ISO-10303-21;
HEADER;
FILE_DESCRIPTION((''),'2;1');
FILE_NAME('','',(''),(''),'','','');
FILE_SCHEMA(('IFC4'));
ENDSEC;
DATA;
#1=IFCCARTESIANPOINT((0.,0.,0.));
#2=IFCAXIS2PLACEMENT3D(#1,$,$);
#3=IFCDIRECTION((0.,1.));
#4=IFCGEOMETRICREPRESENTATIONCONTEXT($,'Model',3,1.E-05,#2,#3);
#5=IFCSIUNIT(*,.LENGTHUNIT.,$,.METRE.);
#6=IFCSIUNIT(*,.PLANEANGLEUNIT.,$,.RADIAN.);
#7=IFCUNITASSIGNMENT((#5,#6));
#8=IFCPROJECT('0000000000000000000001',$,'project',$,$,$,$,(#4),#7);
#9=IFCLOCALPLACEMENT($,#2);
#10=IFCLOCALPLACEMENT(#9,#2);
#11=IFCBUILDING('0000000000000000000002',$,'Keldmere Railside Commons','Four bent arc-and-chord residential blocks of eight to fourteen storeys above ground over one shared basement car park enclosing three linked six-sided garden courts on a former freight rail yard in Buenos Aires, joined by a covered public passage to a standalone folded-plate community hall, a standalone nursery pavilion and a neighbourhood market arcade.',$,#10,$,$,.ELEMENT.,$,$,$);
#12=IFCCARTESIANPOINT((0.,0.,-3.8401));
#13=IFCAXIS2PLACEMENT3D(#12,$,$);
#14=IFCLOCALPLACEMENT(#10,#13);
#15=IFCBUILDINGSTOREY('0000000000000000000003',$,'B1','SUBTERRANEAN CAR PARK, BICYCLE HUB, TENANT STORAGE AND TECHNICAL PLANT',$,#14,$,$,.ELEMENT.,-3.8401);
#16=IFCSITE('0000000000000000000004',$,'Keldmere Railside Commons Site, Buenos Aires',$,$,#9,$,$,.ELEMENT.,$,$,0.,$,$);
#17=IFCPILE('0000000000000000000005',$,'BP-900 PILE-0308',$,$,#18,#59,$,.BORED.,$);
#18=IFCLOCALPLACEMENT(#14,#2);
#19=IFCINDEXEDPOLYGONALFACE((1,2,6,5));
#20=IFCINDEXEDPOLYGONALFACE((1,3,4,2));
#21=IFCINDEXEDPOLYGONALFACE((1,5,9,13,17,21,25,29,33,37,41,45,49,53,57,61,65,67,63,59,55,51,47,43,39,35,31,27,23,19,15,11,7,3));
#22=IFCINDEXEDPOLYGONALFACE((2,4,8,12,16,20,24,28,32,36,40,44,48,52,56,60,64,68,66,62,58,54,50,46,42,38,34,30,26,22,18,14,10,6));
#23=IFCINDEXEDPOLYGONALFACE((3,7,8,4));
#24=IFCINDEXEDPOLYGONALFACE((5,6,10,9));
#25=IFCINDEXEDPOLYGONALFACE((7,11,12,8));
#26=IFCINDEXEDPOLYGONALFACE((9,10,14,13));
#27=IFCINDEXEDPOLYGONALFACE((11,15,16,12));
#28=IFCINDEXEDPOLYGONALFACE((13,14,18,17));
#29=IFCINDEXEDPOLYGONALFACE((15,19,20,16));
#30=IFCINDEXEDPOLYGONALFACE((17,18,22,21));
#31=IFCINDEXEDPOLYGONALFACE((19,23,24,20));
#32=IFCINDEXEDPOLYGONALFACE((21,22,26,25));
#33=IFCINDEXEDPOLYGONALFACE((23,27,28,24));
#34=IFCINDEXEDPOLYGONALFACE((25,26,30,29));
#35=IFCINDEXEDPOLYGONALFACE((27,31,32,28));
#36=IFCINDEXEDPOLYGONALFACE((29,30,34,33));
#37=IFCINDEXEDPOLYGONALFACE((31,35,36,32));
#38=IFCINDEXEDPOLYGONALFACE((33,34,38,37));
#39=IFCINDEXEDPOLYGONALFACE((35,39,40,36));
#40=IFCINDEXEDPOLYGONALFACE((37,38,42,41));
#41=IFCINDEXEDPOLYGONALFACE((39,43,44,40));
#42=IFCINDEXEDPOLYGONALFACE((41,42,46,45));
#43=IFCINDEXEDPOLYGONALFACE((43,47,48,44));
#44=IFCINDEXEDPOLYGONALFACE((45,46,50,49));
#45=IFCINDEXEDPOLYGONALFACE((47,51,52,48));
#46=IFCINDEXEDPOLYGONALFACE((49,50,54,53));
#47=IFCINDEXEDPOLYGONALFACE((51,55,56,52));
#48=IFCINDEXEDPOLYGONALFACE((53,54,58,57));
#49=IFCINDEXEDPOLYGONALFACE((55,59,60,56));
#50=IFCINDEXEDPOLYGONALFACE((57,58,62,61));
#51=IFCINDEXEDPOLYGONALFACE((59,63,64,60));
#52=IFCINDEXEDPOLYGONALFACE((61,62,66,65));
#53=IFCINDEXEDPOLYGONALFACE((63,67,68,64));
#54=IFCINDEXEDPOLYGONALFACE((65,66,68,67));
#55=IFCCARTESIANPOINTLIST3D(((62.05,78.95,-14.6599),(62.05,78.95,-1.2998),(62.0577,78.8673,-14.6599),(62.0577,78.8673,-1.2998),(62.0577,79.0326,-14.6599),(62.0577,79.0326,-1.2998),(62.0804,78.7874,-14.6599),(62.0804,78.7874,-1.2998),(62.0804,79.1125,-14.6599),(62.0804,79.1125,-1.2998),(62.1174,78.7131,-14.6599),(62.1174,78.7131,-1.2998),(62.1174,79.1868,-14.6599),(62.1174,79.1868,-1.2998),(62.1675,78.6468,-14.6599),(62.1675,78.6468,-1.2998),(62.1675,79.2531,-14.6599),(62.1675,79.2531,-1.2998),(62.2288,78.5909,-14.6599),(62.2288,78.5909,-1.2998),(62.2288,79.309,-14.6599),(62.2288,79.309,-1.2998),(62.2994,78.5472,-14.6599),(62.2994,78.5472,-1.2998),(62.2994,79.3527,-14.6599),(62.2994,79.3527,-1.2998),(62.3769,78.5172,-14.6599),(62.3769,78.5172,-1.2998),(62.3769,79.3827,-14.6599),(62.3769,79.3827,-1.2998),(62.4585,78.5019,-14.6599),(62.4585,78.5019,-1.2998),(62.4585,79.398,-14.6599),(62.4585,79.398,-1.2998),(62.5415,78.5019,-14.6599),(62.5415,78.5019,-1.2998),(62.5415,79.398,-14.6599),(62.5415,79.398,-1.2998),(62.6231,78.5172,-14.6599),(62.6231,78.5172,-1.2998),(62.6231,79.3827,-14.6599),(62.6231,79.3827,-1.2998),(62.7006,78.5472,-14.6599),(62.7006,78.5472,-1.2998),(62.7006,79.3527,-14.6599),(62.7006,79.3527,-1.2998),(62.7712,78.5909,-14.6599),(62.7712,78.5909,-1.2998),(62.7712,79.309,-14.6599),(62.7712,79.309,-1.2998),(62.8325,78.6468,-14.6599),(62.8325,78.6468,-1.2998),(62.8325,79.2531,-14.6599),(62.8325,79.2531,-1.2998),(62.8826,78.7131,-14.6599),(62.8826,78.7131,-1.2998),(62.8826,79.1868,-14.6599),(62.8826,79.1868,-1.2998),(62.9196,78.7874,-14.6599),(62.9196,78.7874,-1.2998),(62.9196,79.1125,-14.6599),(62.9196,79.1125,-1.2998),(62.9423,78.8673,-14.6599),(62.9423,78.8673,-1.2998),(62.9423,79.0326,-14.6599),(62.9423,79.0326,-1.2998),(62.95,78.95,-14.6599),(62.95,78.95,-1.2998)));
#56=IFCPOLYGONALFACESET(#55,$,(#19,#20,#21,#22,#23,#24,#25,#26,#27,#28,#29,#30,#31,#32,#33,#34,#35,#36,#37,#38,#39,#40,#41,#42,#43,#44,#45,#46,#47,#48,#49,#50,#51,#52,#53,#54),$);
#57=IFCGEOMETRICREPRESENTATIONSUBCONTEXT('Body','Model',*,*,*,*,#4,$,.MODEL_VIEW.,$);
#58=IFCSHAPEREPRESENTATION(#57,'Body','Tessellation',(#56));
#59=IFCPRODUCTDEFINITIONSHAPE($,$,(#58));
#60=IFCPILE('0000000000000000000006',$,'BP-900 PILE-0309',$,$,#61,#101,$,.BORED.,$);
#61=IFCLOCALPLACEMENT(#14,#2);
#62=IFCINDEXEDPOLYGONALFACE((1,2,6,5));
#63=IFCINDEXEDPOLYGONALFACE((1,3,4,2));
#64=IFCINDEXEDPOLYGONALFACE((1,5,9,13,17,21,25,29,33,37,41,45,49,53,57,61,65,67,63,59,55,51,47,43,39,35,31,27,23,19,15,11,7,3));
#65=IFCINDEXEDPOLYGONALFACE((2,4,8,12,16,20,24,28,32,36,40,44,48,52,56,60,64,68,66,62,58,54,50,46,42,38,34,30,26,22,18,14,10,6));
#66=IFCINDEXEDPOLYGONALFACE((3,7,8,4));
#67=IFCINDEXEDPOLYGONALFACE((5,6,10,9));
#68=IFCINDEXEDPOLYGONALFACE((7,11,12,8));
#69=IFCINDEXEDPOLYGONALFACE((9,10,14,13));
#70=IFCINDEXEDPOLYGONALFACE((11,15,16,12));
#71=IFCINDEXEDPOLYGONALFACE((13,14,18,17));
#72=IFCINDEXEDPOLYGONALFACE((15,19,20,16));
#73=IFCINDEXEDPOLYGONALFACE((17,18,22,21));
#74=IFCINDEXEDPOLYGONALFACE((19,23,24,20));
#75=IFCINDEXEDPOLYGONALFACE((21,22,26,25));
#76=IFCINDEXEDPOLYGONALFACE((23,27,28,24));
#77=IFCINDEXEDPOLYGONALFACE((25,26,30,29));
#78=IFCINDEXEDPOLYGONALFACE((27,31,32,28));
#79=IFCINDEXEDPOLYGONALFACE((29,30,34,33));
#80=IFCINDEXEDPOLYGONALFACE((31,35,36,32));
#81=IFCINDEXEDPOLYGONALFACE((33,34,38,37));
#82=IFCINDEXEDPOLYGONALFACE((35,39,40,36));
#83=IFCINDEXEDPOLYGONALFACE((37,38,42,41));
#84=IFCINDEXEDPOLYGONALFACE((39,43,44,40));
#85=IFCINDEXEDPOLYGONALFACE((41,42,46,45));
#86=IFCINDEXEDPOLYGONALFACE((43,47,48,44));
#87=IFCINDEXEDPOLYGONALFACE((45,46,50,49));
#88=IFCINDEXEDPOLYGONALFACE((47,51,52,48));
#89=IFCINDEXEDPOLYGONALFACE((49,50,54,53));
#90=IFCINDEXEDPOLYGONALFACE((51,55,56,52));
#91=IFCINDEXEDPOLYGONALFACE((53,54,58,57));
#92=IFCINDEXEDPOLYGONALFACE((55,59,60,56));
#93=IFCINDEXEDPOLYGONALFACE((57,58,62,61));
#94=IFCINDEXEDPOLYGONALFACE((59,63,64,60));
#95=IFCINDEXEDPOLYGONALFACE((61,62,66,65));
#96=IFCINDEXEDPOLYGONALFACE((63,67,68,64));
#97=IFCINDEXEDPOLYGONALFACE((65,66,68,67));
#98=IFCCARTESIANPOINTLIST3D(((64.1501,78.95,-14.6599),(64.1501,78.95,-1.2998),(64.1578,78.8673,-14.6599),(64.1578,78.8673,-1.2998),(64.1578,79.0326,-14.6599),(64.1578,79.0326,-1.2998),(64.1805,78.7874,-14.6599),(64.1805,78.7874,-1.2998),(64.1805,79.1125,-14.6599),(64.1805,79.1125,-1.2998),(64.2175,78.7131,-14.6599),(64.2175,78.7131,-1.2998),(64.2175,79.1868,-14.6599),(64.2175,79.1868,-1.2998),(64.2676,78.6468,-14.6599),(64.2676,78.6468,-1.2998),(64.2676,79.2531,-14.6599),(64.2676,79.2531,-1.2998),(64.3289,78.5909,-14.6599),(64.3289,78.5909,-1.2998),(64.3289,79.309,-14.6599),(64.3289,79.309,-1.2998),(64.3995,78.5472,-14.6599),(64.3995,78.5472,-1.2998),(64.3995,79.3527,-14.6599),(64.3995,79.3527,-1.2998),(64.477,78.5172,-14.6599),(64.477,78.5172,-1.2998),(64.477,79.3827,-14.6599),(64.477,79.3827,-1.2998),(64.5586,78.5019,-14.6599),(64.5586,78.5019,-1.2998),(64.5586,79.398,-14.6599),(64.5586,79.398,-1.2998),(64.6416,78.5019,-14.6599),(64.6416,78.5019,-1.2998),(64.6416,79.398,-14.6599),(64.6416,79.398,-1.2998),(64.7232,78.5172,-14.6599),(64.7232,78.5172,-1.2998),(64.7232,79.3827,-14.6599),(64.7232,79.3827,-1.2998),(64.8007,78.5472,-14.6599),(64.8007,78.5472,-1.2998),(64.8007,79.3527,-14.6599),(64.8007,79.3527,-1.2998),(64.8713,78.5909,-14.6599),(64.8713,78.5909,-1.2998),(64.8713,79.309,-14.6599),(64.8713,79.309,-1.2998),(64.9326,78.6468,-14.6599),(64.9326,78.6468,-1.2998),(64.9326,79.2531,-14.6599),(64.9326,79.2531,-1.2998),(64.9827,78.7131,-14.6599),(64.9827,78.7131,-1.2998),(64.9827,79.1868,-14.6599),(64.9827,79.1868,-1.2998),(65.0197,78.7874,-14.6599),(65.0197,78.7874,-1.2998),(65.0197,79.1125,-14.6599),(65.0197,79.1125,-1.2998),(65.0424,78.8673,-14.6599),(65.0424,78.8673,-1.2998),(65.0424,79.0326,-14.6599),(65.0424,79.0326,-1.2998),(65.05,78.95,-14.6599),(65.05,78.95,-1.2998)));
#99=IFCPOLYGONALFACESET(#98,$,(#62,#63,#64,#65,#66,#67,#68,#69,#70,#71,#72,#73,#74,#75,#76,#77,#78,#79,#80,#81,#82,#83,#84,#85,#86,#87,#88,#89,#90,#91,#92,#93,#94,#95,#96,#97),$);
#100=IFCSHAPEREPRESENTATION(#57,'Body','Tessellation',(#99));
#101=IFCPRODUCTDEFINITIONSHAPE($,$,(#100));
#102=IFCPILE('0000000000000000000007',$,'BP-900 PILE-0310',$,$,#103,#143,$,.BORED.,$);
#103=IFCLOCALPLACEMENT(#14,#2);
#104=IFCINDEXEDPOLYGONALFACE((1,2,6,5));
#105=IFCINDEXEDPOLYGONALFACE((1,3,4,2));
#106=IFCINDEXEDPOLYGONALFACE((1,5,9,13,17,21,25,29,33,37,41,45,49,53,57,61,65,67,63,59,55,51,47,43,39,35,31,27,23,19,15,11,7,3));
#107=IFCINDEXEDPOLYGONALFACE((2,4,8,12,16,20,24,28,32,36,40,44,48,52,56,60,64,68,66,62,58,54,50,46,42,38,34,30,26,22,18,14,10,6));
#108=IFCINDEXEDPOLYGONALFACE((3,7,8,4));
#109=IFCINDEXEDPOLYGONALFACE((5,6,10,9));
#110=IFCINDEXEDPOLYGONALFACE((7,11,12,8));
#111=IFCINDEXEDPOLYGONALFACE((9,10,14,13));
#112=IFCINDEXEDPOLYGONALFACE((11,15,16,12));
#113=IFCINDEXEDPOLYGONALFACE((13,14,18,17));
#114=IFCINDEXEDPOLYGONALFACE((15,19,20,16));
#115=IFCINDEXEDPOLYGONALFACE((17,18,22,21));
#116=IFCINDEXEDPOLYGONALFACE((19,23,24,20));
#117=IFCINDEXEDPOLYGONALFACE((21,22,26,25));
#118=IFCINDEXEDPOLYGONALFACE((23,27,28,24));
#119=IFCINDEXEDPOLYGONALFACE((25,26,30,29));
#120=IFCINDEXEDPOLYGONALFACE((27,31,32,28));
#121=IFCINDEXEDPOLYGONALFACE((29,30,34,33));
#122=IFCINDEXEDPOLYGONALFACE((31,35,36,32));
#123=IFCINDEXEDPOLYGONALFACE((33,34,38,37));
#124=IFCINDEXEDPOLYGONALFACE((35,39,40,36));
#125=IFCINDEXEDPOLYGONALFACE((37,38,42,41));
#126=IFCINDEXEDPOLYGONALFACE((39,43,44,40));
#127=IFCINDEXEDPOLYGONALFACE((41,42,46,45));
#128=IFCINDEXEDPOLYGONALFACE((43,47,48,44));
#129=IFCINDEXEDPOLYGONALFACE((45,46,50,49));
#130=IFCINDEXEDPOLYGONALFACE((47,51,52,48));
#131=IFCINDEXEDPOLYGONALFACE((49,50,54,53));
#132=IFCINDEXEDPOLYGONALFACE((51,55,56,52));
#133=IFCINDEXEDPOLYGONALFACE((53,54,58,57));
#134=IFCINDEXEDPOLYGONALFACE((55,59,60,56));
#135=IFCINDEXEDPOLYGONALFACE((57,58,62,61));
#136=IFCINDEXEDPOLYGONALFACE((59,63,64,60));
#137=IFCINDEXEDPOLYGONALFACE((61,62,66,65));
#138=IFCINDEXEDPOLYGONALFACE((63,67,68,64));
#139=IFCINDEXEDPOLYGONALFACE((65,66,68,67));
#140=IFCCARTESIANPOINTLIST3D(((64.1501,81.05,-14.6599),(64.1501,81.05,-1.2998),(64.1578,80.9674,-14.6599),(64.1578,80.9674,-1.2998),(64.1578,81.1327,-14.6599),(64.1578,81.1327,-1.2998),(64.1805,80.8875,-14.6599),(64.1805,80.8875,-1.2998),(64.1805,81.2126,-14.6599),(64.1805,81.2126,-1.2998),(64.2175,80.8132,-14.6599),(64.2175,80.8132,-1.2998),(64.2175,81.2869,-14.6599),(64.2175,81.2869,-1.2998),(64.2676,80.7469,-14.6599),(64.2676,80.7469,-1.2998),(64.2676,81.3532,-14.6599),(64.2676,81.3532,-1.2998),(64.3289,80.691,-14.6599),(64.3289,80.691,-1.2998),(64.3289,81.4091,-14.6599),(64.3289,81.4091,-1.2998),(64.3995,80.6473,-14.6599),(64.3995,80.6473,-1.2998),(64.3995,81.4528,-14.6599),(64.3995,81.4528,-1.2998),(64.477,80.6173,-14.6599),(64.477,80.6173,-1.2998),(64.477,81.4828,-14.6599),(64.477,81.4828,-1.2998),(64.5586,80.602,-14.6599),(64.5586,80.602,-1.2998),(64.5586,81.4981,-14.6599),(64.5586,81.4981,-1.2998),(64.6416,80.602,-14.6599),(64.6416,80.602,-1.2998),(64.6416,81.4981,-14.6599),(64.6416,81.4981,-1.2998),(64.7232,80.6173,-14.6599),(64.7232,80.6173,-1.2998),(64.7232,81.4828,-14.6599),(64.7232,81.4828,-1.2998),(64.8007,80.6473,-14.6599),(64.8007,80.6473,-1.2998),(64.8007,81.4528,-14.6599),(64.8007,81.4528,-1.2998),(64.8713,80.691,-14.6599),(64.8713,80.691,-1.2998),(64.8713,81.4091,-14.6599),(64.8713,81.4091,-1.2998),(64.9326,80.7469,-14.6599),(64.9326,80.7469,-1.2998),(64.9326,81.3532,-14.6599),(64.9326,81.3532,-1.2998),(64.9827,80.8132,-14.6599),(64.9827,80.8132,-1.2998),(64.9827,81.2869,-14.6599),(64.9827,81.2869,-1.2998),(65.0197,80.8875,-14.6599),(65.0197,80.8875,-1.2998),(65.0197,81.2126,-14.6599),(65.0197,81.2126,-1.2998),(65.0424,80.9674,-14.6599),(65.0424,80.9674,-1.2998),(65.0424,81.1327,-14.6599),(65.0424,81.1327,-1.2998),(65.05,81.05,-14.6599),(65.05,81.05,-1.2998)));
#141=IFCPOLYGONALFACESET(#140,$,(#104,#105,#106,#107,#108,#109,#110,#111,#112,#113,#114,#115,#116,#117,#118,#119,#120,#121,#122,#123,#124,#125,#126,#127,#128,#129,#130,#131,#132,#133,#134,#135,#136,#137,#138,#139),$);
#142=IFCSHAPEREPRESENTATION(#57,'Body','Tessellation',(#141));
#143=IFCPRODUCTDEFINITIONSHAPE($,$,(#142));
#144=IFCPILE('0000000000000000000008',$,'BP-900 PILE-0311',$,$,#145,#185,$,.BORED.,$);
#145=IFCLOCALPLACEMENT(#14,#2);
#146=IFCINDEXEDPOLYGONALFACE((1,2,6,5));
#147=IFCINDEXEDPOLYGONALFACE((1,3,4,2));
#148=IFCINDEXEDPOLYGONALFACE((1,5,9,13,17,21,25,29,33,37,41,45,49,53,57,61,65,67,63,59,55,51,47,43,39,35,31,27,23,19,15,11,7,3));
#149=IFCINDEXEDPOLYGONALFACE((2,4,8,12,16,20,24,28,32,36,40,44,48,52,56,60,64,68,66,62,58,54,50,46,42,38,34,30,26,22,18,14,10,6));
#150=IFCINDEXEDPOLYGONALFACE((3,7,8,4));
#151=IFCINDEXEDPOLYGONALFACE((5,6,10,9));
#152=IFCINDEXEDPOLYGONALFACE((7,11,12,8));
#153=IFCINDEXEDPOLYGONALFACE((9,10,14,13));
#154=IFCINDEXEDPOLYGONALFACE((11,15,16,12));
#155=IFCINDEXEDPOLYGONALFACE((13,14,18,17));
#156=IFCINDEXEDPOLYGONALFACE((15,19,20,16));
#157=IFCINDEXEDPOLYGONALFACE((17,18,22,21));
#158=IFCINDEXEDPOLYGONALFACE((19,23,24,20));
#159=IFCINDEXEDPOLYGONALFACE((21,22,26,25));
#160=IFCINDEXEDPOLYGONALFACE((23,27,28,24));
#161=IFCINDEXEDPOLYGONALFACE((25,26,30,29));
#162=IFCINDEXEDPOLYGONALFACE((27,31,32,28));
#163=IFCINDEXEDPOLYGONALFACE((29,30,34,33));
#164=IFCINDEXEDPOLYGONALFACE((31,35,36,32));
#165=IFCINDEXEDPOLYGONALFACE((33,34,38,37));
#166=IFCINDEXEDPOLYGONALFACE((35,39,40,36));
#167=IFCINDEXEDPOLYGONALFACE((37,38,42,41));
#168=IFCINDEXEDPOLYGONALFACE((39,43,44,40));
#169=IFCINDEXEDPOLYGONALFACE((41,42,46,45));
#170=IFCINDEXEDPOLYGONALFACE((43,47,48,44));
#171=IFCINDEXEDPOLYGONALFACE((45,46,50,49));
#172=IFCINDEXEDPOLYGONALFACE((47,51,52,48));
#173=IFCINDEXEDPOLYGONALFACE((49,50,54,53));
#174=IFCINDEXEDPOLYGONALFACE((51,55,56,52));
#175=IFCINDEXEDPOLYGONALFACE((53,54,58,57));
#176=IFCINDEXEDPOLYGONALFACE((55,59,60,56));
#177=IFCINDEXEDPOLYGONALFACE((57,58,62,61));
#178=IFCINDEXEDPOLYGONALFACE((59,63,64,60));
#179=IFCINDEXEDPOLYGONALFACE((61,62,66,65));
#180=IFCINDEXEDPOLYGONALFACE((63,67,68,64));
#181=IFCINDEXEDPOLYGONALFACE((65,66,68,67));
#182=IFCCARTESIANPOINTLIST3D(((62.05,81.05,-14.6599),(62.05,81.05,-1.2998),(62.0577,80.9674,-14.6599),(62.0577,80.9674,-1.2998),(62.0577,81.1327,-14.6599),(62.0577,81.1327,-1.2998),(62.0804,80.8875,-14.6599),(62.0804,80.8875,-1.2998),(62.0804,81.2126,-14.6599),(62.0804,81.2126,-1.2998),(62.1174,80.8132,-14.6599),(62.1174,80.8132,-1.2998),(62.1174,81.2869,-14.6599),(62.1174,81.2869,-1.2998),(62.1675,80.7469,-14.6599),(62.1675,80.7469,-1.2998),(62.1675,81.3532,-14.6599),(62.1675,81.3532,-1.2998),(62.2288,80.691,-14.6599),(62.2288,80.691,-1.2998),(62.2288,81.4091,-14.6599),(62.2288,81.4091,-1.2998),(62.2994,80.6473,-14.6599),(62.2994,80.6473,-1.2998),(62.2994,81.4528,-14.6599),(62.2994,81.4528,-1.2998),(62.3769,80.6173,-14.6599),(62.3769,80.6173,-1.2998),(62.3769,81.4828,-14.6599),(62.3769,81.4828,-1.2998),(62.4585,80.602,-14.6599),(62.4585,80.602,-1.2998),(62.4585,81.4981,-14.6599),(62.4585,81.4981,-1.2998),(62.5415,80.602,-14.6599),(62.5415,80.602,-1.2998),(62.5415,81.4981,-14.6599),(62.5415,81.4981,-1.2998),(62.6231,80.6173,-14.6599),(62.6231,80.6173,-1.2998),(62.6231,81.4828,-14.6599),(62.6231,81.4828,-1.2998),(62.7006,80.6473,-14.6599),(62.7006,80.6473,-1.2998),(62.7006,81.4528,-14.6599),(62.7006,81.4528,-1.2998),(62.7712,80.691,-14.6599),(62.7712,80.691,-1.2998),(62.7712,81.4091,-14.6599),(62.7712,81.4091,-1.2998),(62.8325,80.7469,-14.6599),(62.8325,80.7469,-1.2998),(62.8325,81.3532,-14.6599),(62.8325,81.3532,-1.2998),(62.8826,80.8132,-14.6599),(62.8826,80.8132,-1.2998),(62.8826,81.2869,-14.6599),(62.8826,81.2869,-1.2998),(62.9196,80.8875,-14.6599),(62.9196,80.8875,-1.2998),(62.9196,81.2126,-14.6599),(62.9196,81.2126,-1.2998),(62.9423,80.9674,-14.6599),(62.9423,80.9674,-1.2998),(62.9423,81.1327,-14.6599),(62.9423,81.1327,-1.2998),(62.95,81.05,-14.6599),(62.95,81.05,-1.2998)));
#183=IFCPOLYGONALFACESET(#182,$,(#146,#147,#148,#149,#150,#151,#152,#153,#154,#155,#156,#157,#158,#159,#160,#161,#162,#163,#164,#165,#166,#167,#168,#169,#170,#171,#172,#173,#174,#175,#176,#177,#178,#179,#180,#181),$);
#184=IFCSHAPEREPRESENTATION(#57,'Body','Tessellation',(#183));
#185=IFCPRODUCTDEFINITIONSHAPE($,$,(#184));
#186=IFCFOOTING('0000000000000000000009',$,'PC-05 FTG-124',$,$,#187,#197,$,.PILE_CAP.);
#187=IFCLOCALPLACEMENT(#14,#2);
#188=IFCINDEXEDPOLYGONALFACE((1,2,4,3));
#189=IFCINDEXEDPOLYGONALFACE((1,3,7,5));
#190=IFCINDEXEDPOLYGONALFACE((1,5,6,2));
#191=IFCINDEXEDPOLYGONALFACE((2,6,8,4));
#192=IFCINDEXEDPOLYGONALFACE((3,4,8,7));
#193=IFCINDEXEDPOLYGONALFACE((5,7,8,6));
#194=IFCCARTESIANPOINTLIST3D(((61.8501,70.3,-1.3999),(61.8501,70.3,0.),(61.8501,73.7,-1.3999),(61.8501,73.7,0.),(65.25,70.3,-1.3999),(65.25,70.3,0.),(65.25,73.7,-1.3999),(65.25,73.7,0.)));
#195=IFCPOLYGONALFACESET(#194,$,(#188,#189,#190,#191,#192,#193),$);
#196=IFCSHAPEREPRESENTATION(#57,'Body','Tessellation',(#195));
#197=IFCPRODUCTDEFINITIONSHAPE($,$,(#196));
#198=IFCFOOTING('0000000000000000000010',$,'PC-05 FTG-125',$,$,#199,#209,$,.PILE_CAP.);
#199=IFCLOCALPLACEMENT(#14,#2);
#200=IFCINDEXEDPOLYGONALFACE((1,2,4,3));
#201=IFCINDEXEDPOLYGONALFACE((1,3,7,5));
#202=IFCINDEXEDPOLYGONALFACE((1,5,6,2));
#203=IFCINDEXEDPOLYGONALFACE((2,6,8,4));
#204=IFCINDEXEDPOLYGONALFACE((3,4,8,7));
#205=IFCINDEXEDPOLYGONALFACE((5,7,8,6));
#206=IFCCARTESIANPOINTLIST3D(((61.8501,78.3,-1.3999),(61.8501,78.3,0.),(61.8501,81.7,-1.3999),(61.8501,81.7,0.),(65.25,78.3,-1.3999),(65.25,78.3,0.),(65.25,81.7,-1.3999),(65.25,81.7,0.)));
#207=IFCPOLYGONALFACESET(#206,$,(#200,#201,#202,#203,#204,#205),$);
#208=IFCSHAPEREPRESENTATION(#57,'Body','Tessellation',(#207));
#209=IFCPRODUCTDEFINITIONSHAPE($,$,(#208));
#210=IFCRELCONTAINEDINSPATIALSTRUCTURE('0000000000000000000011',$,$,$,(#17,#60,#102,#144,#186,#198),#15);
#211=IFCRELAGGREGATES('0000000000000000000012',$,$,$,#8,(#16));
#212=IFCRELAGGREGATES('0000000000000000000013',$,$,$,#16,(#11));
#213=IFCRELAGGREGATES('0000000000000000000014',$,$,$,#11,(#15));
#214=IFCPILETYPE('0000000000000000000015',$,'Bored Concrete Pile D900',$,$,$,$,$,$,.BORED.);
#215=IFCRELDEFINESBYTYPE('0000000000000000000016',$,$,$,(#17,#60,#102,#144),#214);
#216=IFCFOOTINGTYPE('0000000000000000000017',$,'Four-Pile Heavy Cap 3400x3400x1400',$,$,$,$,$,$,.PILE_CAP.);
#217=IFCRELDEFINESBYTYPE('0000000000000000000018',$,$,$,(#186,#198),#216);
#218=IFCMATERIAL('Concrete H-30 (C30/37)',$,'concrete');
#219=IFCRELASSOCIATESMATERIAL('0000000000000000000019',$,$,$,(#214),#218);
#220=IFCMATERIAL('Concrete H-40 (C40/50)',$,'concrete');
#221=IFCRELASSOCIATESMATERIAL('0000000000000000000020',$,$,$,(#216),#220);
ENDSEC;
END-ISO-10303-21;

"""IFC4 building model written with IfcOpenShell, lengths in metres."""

from ifc_helpers import new_model, si_unit, direction, frame, origin, origin_2d, place, context, subcontext, project, spatial, rectangle, circle, extrude, material, material_profile, profile_set, type_object, element, save


model = new_model("IFC4")

# Units and contexts
model_context = context("Model", 3, precision=1e-05, world=origin(), true_north=direction((0.0, 1.0)))
body_context = subcontext(model_context, "Body", "Model", "MODEL_VIEW")
ifc_project = project(units=[si_unit("LENGTHUNIT", "METRE"), si_unit("PLANEANGLEUNIT", "RADIAN")], contexts=[model_context])

# Site, building, storey
site_placement = place(None, origin())
site = spatial("IfcSite", under=ifc_project, at=site_placement, Name="Keldmere Railside Commons Site, Buenos Aires", CompositionType="ELEMENT", RefElevation=0.0)
building_placement = place(site_placement, origin())
building = spatial("IfcBuilding", under=site, at=building_placement, Name="Keldmere Railside Commons", Description="Four bent arc-and-chord residential blocks of eight to fourteen storeys above ground over one shared basement car park enclosing three linked six-sided garden courts on a former freight rail yard in Buenos Aires, joined by a covered public passage to a standalone folded-plate community hall, a standalone nursery pavilion and a neighbourhood market arcade.", CompositionType="ELEMENT")
storey_placement = place(building_placement, frame((0.0, 0.0, -3.8401)))
storey = spatial("IfcBuildingStorey", under=building, at=storey_placement, Name="B1", Description="SUBTERRANEAN CAR PARK, BICYCLE HUB, TENANT STORAGE AND TECHNICAL PLANT", CompositionType="ELEMENT", Elevation=-3.8401)

# Piles
ifc_material_1 = material(Name="Concrete H-30 (C30/37)", Category="concrete")
ifc_material_profile_1 = material_profile(ifc_material_1, circle(Radius=0.45, at=origin_2d()), Name="PILE-D900")
ifc_profile_set_1 = profile_set([ifc_material_profile_1], Name="Concrete H-30 (C30/37)")
pile_type = type_object("IfcPileType", Name="Bored Concrete Pile D900", PredefinedType="BORED", material=ifc_profile_set_1)
for number, where, z_axis, x_axis, name in (
    (1, (62.5, 78.95, -1.2998), (0.0, 0.0, -1.0), (1.0, 0.0, 0.0), "BP-900 PILE-0308"),
    (2, (64.6001, 78.95, -1.2998), (0.0, 0.0, -1.0), (1.0, 0.0, 0.0), "BP-900 PILE-0309"),
    (3, (64.6001, 81.05, -1.2998), (0.0, 0.0, -1.0), (1.0, 0.0, 0.0), "BP-900 PILE-0310"),
    (4, (62.5, 81.05, -1.2998), (0.0, 0.0, -1.0), (1.0, 0.0, 0.0), "BP-900 PILE-0311"),
):
    element("IfcPile", number, at=place(storey_placement, frame(where, z_axis=z_axis, x_axis=x_axis)), inside=storey, type_object=pile_type, Name=name, PredefinedType="BORED", context=body_context, shape_type="SweptSolid", body=[
        extrude(circle(Radius=0.45, at=origin_2d()), origin(), (0.0, 0.0, 1.0), 13.3601),
    ])

# Footings
ifc_material_2 = material(Name="Concrete H-40 (C40/50)", Category="concrete")
footing_type_1 = type_object("IfcFootingType", Name="Four-Pile Heavy Cap 3400x3400x1400", PredefinedType="PILE_CAP", material=ifc_material_2)
for number, where, z_axis, x_axis, name in (
    (5, (63.55, 72.0, -1.3999), (0.0, 0.0, 1.0), (1.0, 0.0, 0.0), "PC-05 FTG-124"),
    (6, (63.55, 80.0, -1.3999), (0.0, 0.0, 1.0), (1.0, 0.0, 0.0), "PC-05 FTG-125"),
):
    element("IfcFooting", number, at=place(storey_placement, frame(where, z_axis=z_axis, x_axis=x_axis)), inside=storey, type_object=footing_type_1, Name=name, PredefinedType="PILE_CAP", context=body_context, shape_type="SweptSolid", body=[
        extrude(rectangle(XDim=3.3999, YDim=3.3999, at=origin_2d()), origin(), (0.0, 0.0, 1.0), 1.3999),
    ])

save(model, "model.ifc")
